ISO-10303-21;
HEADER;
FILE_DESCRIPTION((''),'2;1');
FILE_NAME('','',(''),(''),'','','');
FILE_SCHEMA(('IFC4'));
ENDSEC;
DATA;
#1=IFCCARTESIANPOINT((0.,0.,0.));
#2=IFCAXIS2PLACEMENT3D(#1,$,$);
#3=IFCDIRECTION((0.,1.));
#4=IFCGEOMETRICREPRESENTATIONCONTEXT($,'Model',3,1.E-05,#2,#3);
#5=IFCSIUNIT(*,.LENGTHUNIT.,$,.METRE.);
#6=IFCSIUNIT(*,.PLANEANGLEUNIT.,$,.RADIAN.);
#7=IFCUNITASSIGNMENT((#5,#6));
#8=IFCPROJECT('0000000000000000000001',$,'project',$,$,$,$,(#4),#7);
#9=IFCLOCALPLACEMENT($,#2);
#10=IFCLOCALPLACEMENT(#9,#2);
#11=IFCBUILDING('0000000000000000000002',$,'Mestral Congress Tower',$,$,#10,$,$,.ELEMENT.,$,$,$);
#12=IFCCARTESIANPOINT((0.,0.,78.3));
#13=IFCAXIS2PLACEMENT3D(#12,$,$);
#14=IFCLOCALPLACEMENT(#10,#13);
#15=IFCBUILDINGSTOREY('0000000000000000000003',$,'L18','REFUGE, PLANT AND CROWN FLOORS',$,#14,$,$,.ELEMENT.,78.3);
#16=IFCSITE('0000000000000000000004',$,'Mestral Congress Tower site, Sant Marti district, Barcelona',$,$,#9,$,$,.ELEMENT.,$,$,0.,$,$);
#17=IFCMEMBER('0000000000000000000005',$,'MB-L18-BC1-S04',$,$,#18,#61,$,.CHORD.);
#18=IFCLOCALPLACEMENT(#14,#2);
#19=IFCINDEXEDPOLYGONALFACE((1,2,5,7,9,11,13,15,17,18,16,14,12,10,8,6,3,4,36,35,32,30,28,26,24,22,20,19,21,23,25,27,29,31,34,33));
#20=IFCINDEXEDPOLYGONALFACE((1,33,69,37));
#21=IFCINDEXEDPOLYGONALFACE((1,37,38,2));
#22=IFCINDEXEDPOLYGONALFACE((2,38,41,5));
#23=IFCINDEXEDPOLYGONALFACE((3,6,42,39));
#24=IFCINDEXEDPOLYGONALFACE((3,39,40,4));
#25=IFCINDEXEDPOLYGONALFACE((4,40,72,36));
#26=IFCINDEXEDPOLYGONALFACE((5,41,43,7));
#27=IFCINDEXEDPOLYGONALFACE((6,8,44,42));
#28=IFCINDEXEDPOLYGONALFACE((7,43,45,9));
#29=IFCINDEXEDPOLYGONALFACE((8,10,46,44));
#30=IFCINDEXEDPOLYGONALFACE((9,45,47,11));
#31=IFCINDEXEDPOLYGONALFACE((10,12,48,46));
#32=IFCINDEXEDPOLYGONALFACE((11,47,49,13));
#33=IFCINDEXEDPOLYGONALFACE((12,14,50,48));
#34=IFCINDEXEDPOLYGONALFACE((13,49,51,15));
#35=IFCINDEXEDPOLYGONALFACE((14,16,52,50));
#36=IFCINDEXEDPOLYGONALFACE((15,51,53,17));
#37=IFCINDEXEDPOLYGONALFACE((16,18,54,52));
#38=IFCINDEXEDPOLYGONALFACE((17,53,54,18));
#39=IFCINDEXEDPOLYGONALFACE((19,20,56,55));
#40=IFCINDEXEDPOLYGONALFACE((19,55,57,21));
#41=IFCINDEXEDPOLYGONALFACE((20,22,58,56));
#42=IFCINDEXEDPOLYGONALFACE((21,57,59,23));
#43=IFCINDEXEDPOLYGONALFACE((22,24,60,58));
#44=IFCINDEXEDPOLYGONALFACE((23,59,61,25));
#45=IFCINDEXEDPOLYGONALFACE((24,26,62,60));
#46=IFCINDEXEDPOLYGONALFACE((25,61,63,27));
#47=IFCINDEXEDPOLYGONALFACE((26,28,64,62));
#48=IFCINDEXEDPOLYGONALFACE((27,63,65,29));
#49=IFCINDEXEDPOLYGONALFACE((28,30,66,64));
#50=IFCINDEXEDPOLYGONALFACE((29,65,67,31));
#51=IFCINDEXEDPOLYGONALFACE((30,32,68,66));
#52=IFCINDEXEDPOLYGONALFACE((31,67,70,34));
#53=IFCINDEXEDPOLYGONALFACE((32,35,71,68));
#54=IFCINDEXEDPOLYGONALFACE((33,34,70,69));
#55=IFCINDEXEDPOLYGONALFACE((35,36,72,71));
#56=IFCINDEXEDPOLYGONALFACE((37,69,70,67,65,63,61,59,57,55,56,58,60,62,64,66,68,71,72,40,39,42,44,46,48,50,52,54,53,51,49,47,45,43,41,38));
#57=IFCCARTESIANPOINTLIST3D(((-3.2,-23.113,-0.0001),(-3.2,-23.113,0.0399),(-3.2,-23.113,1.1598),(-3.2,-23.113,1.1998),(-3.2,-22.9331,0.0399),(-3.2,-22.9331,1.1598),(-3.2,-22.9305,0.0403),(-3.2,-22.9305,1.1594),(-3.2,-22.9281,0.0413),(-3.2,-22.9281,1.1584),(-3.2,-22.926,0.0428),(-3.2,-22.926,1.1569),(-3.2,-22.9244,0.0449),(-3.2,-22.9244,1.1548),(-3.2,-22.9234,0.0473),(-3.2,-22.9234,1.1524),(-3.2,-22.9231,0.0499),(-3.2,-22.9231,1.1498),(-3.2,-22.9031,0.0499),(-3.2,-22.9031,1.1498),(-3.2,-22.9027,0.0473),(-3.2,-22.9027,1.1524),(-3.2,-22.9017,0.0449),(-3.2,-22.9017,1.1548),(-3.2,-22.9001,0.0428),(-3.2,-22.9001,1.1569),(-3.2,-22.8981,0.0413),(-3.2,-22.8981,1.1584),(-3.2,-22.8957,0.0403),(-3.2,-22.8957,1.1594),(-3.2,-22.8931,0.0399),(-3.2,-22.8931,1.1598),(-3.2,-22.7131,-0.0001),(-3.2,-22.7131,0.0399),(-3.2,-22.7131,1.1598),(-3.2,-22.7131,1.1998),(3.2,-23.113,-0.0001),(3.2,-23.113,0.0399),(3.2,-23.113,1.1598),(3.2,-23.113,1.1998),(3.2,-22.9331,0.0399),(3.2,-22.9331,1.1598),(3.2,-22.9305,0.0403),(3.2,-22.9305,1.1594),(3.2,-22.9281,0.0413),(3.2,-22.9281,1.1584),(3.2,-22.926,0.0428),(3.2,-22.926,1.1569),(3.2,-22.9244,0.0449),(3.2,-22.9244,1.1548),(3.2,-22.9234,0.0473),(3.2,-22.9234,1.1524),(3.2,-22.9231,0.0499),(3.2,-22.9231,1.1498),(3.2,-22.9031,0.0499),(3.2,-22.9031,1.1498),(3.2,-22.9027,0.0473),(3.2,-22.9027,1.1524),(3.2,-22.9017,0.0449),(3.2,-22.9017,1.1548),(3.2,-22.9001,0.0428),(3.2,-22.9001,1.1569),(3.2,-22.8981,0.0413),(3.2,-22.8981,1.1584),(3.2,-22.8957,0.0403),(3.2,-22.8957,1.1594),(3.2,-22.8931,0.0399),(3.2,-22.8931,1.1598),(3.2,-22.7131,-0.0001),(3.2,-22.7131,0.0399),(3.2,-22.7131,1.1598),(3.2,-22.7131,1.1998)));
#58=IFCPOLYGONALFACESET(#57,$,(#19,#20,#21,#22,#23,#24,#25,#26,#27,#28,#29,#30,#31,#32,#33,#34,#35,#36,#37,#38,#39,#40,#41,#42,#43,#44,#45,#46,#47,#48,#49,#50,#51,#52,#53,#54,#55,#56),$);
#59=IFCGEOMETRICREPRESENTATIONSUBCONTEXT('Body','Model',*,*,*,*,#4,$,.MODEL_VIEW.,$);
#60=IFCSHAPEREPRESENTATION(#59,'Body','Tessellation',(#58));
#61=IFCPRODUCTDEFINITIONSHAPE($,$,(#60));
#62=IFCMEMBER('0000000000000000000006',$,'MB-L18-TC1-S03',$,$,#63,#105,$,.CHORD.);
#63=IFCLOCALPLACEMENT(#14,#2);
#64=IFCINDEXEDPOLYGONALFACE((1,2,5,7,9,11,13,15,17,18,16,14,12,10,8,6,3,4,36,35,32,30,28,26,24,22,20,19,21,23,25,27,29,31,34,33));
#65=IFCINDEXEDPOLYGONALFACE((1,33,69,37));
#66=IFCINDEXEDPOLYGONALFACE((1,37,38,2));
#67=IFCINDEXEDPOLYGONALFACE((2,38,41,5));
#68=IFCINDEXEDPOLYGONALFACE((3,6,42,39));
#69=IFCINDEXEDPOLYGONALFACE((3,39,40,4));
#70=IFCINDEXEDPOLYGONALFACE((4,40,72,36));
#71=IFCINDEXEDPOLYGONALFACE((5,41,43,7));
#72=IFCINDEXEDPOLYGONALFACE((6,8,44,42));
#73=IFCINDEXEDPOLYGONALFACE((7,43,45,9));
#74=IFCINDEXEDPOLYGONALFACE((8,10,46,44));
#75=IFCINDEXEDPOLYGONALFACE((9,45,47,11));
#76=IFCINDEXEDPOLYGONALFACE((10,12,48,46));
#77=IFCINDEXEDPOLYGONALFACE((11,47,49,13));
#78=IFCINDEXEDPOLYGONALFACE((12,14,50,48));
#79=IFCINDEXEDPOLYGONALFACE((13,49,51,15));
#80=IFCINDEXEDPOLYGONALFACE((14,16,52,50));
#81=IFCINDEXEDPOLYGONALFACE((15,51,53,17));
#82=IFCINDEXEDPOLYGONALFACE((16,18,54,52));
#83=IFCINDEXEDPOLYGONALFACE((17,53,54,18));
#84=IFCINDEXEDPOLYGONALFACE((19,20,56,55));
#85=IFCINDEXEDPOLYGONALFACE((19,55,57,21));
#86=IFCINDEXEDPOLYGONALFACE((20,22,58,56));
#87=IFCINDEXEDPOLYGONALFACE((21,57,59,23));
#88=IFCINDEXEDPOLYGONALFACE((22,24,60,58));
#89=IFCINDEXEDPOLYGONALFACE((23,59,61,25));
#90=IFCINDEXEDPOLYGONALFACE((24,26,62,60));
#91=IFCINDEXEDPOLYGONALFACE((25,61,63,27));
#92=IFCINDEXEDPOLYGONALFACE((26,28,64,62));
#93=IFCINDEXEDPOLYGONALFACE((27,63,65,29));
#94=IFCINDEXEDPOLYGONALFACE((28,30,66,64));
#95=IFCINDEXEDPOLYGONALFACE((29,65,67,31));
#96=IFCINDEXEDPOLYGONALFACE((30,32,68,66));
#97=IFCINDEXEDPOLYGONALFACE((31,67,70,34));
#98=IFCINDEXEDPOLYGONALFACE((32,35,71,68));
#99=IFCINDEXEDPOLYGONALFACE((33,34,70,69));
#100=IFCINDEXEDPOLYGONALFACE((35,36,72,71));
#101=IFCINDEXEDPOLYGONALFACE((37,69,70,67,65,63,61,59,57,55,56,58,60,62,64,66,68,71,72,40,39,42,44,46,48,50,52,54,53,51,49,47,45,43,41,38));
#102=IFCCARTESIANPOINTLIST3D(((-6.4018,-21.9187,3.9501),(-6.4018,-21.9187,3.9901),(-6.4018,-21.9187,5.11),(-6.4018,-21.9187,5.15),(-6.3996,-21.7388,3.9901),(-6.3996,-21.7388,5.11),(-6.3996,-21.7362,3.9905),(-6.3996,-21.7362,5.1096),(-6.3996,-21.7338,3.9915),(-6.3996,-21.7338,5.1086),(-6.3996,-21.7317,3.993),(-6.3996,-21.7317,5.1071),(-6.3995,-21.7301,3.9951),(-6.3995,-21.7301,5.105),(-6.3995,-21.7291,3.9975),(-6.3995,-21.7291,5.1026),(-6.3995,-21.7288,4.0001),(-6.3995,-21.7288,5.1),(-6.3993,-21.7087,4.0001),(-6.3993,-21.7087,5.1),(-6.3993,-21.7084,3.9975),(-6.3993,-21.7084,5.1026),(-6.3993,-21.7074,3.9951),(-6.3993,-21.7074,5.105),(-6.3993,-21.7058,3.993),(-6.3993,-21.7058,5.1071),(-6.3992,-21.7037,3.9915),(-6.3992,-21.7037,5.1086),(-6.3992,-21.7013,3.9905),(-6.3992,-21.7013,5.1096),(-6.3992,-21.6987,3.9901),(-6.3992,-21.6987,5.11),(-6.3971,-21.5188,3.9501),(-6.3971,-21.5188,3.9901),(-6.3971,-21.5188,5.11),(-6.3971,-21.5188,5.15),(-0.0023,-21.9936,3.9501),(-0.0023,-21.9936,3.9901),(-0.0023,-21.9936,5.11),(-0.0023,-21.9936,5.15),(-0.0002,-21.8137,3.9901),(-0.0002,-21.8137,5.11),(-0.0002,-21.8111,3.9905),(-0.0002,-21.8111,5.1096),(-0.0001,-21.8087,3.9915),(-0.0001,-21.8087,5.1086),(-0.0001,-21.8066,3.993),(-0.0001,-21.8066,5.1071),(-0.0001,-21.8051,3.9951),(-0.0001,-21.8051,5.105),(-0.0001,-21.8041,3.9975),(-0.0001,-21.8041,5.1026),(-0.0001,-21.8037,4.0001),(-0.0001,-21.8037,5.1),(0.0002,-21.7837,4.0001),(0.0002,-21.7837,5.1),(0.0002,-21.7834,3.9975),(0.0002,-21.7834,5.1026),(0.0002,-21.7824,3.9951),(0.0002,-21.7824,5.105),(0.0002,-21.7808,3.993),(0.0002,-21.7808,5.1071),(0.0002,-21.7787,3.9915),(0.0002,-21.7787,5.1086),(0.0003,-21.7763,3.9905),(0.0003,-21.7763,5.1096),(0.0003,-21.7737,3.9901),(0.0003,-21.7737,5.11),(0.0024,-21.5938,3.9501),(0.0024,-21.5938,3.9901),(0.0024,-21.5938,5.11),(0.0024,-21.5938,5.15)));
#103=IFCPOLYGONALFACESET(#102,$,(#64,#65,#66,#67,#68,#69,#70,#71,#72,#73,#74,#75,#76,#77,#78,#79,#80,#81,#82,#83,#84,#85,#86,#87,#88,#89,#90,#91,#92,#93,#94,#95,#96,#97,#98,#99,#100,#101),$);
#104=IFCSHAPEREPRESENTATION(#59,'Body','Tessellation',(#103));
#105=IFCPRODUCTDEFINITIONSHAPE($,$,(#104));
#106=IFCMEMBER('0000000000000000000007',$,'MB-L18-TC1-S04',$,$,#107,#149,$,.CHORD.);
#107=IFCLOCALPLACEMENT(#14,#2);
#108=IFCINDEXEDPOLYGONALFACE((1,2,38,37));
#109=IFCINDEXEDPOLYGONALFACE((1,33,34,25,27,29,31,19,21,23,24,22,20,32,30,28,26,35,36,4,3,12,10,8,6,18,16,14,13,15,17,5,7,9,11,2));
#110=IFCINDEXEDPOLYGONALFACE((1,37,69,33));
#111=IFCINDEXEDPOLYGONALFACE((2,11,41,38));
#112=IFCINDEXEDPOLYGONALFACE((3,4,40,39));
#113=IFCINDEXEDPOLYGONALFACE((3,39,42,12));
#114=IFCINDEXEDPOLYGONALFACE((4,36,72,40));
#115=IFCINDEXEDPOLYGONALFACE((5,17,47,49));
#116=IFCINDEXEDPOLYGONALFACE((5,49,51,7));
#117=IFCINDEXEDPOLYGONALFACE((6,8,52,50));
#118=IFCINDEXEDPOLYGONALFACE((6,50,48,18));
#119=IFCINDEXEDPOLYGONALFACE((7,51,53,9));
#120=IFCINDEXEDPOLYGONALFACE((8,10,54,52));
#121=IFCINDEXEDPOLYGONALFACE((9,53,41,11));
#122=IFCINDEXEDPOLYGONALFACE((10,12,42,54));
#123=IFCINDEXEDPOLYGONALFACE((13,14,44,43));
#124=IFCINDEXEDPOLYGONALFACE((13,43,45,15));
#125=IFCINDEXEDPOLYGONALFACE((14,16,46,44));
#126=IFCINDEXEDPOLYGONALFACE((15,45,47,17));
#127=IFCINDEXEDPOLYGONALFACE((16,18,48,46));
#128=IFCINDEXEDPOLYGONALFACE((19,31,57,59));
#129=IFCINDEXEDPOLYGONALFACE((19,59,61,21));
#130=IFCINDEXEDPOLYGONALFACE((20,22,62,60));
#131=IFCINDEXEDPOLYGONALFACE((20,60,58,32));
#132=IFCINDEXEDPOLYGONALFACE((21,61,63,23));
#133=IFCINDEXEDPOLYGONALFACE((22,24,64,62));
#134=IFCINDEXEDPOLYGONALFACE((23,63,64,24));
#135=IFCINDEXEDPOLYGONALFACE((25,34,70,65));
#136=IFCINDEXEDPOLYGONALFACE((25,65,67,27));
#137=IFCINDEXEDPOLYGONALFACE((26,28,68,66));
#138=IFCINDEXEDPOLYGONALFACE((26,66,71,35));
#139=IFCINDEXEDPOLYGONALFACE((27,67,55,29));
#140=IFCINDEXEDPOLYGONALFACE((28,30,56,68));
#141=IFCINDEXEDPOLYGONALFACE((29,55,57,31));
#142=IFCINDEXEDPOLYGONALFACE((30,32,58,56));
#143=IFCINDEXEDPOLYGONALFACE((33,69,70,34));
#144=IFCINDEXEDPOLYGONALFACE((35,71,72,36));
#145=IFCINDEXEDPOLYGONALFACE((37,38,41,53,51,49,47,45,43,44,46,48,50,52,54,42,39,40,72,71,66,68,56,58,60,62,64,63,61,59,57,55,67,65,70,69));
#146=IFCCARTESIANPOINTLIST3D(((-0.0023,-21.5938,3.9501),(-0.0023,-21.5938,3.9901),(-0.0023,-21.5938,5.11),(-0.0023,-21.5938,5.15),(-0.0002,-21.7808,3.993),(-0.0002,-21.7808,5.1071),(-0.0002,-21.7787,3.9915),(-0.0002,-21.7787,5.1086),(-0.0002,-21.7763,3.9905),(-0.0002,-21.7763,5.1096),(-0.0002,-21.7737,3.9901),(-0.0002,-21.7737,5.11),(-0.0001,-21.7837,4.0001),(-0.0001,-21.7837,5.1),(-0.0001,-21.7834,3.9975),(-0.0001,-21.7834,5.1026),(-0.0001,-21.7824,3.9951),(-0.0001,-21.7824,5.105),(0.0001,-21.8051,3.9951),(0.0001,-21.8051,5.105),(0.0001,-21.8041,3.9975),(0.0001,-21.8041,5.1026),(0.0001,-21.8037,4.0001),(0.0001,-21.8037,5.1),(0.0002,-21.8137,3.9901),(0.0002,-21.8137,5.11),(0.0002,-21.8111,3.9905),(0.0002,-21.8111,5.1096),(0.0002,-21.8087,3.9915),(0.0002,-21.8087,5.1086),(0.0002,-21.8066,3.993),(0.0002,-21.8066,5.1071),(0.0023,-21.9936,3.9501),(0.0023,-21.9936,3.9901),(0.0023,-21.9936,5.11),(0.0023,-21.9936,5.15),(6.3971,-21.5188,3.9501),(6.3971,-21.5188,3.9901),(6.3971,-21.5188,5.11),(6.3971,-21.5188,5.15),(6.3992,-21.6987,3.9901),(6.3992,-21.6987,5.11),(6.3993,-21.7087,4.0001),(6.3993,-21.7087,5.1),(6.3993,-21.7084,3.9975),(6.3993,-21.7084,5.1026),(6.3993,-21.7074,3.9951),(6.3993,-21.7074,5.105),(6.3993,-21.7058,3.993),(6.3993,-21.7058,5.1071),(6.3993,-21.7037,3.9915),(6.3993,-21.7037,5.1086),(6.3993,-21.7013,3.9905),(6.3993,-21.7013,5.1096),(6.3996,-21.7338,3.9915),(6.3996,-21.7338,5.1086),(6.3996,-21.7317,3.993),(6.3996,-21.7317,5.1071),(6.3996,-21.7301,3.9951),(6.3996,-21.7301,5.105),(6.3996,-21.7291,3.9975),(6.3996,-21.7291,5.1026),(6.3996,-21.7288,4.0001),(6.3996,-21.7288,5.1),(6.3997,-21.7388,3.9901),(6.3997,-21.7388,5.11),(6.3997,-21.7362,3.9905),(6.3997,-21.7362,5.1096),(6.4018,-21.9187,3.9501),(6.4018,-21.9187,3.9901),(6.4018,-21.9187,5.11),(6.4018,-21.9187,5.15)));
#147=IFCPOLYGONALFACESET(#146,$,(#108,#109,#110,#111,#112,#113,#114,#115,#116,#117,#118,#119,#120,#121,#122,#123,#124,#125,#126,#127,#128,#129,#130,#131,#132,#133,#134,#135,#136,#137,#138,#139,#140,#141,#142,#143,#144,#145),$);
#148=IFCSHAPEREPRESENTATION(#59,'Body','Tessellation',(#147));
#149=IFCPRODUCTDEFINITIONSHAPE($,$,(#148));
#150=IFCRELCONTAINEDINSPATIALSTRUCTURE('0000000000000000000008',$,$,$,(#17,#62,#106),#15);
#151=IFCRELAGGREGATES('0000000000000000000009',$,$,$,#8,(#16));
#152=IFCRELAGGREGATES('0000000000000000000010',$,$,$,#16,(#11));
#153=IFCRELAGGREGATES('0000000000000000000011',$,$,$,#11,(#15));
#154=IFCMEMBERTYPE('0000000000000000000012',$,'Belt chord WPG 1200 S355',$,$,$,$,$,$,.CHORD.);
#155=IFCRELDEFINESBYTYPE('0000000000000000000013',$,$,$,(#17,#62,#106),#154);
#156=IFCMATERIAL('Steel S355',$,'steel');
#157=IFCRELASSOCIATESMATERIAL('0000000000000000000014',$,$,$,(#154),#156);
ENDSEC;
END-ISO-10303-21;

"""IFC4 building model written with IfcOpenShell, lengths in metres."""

from ifc_helpers import new_model, si_unit, direction, frame, origin, origin_2d, place, context, subcontext, project, spatial, i_section, extrude, material, material_profile, profile_set, type_object, element, save


model = new_model("IFC4")

# Units and contexts
model_context = context("Model", 3, precision=1e-05, world=origin(), true_north=direction((0.0, 1.0)))
body_context = subcontext(model_context, "Body", "Model", "MODEL_VIEW")
ifc_project = project(units=[si_unit("LENGTHUNIT", "METRE"), si_unit("PLANEANGLEUNIT", "RADIAN")], contexts=[model_context])

# Site, building, storey
site_placement = place(None, origin())
site = spatial("IfcSite", under=ifc_project, at=site_placement, Name="Mestral Congress Tower site, Sant Marti district, Barcelona", CompositionType="ELEMENT", RefElevation=0.0)
building_placement = place(site_placement, origin())
building = spatial("IfcBuilding", under=site, at=building_placement, Name="Mestral Congress Tower", CompositionType="ELEMENT")
storey_placement = place(building_placement, frame((0.0, 0.0, 78.3)))
storey = spatial("IfcBuildingStorey", under=building, at=storey_placement, Name="L18", Description="REFUGE, PLANT AND CROWN FLOORS", CompositionType="ELEMENT", Elevation=78.3)

# Members
ifc_material_1 = material(Name="Steel S355", Category="steel")
ifc_material_profile_1 = material_profile(ifc_material_1, i_section(OverallWidth=0.3999, OverallDepth=1.2, WebThickness=0.02, FlangeThickness=0.04, FilletRadius=0.01, at=origin_2d()), Name="WPG 1200")
ifc_profile_set_1 = profile_set([ifc_material_profile_1], Name="Steel S355")
member_type_1 = type_object("IfcMemberType", Name="Belt chord WPG 1200 S355", PredefinedType="CHORD", material=ifc_profile_set_1)
for number, where, z_axis, x_axis, name in (
    (1, (-3.2, -22.9131, 0.5999), (1.0, 0.0, 0.0), (0.0, 1.0, 0.0), "MB-L18-BC1-S04"),
    (2, (-6.3994, -21.7188, 4.55), (0.999931, -0.011711, 0.0), (0.011711, 0.999931, 0.0), "MB-L18-TC1-S03"),
    (3, (0.0, -21.7937, 4.55), (0.999931, 0.011711, 0.0), (-0.011711, 0.999931, 0.0), "MB-L18-TC1-S04"),
):
    element("IfcMember", number, at=place(storey_placement, frame(where, z_axis=z_axis, x_axis=x_axis)), inside=storey, type_object=member_type_1, Name=name, PredefinedType="CHORD", context=body_context, shape_type="SweptSolid", body=[
        extrude(i_section(OverallWidth=0.3999, OverallDepth=1.2, WebThickness=0.02, FlangeThickness=0.04, FilletRadius=0.01, at=origin_2d()), origin(), (0.0, 0.0, 1.0), 6.3999),
    ])

save(model, "model.ifc")
